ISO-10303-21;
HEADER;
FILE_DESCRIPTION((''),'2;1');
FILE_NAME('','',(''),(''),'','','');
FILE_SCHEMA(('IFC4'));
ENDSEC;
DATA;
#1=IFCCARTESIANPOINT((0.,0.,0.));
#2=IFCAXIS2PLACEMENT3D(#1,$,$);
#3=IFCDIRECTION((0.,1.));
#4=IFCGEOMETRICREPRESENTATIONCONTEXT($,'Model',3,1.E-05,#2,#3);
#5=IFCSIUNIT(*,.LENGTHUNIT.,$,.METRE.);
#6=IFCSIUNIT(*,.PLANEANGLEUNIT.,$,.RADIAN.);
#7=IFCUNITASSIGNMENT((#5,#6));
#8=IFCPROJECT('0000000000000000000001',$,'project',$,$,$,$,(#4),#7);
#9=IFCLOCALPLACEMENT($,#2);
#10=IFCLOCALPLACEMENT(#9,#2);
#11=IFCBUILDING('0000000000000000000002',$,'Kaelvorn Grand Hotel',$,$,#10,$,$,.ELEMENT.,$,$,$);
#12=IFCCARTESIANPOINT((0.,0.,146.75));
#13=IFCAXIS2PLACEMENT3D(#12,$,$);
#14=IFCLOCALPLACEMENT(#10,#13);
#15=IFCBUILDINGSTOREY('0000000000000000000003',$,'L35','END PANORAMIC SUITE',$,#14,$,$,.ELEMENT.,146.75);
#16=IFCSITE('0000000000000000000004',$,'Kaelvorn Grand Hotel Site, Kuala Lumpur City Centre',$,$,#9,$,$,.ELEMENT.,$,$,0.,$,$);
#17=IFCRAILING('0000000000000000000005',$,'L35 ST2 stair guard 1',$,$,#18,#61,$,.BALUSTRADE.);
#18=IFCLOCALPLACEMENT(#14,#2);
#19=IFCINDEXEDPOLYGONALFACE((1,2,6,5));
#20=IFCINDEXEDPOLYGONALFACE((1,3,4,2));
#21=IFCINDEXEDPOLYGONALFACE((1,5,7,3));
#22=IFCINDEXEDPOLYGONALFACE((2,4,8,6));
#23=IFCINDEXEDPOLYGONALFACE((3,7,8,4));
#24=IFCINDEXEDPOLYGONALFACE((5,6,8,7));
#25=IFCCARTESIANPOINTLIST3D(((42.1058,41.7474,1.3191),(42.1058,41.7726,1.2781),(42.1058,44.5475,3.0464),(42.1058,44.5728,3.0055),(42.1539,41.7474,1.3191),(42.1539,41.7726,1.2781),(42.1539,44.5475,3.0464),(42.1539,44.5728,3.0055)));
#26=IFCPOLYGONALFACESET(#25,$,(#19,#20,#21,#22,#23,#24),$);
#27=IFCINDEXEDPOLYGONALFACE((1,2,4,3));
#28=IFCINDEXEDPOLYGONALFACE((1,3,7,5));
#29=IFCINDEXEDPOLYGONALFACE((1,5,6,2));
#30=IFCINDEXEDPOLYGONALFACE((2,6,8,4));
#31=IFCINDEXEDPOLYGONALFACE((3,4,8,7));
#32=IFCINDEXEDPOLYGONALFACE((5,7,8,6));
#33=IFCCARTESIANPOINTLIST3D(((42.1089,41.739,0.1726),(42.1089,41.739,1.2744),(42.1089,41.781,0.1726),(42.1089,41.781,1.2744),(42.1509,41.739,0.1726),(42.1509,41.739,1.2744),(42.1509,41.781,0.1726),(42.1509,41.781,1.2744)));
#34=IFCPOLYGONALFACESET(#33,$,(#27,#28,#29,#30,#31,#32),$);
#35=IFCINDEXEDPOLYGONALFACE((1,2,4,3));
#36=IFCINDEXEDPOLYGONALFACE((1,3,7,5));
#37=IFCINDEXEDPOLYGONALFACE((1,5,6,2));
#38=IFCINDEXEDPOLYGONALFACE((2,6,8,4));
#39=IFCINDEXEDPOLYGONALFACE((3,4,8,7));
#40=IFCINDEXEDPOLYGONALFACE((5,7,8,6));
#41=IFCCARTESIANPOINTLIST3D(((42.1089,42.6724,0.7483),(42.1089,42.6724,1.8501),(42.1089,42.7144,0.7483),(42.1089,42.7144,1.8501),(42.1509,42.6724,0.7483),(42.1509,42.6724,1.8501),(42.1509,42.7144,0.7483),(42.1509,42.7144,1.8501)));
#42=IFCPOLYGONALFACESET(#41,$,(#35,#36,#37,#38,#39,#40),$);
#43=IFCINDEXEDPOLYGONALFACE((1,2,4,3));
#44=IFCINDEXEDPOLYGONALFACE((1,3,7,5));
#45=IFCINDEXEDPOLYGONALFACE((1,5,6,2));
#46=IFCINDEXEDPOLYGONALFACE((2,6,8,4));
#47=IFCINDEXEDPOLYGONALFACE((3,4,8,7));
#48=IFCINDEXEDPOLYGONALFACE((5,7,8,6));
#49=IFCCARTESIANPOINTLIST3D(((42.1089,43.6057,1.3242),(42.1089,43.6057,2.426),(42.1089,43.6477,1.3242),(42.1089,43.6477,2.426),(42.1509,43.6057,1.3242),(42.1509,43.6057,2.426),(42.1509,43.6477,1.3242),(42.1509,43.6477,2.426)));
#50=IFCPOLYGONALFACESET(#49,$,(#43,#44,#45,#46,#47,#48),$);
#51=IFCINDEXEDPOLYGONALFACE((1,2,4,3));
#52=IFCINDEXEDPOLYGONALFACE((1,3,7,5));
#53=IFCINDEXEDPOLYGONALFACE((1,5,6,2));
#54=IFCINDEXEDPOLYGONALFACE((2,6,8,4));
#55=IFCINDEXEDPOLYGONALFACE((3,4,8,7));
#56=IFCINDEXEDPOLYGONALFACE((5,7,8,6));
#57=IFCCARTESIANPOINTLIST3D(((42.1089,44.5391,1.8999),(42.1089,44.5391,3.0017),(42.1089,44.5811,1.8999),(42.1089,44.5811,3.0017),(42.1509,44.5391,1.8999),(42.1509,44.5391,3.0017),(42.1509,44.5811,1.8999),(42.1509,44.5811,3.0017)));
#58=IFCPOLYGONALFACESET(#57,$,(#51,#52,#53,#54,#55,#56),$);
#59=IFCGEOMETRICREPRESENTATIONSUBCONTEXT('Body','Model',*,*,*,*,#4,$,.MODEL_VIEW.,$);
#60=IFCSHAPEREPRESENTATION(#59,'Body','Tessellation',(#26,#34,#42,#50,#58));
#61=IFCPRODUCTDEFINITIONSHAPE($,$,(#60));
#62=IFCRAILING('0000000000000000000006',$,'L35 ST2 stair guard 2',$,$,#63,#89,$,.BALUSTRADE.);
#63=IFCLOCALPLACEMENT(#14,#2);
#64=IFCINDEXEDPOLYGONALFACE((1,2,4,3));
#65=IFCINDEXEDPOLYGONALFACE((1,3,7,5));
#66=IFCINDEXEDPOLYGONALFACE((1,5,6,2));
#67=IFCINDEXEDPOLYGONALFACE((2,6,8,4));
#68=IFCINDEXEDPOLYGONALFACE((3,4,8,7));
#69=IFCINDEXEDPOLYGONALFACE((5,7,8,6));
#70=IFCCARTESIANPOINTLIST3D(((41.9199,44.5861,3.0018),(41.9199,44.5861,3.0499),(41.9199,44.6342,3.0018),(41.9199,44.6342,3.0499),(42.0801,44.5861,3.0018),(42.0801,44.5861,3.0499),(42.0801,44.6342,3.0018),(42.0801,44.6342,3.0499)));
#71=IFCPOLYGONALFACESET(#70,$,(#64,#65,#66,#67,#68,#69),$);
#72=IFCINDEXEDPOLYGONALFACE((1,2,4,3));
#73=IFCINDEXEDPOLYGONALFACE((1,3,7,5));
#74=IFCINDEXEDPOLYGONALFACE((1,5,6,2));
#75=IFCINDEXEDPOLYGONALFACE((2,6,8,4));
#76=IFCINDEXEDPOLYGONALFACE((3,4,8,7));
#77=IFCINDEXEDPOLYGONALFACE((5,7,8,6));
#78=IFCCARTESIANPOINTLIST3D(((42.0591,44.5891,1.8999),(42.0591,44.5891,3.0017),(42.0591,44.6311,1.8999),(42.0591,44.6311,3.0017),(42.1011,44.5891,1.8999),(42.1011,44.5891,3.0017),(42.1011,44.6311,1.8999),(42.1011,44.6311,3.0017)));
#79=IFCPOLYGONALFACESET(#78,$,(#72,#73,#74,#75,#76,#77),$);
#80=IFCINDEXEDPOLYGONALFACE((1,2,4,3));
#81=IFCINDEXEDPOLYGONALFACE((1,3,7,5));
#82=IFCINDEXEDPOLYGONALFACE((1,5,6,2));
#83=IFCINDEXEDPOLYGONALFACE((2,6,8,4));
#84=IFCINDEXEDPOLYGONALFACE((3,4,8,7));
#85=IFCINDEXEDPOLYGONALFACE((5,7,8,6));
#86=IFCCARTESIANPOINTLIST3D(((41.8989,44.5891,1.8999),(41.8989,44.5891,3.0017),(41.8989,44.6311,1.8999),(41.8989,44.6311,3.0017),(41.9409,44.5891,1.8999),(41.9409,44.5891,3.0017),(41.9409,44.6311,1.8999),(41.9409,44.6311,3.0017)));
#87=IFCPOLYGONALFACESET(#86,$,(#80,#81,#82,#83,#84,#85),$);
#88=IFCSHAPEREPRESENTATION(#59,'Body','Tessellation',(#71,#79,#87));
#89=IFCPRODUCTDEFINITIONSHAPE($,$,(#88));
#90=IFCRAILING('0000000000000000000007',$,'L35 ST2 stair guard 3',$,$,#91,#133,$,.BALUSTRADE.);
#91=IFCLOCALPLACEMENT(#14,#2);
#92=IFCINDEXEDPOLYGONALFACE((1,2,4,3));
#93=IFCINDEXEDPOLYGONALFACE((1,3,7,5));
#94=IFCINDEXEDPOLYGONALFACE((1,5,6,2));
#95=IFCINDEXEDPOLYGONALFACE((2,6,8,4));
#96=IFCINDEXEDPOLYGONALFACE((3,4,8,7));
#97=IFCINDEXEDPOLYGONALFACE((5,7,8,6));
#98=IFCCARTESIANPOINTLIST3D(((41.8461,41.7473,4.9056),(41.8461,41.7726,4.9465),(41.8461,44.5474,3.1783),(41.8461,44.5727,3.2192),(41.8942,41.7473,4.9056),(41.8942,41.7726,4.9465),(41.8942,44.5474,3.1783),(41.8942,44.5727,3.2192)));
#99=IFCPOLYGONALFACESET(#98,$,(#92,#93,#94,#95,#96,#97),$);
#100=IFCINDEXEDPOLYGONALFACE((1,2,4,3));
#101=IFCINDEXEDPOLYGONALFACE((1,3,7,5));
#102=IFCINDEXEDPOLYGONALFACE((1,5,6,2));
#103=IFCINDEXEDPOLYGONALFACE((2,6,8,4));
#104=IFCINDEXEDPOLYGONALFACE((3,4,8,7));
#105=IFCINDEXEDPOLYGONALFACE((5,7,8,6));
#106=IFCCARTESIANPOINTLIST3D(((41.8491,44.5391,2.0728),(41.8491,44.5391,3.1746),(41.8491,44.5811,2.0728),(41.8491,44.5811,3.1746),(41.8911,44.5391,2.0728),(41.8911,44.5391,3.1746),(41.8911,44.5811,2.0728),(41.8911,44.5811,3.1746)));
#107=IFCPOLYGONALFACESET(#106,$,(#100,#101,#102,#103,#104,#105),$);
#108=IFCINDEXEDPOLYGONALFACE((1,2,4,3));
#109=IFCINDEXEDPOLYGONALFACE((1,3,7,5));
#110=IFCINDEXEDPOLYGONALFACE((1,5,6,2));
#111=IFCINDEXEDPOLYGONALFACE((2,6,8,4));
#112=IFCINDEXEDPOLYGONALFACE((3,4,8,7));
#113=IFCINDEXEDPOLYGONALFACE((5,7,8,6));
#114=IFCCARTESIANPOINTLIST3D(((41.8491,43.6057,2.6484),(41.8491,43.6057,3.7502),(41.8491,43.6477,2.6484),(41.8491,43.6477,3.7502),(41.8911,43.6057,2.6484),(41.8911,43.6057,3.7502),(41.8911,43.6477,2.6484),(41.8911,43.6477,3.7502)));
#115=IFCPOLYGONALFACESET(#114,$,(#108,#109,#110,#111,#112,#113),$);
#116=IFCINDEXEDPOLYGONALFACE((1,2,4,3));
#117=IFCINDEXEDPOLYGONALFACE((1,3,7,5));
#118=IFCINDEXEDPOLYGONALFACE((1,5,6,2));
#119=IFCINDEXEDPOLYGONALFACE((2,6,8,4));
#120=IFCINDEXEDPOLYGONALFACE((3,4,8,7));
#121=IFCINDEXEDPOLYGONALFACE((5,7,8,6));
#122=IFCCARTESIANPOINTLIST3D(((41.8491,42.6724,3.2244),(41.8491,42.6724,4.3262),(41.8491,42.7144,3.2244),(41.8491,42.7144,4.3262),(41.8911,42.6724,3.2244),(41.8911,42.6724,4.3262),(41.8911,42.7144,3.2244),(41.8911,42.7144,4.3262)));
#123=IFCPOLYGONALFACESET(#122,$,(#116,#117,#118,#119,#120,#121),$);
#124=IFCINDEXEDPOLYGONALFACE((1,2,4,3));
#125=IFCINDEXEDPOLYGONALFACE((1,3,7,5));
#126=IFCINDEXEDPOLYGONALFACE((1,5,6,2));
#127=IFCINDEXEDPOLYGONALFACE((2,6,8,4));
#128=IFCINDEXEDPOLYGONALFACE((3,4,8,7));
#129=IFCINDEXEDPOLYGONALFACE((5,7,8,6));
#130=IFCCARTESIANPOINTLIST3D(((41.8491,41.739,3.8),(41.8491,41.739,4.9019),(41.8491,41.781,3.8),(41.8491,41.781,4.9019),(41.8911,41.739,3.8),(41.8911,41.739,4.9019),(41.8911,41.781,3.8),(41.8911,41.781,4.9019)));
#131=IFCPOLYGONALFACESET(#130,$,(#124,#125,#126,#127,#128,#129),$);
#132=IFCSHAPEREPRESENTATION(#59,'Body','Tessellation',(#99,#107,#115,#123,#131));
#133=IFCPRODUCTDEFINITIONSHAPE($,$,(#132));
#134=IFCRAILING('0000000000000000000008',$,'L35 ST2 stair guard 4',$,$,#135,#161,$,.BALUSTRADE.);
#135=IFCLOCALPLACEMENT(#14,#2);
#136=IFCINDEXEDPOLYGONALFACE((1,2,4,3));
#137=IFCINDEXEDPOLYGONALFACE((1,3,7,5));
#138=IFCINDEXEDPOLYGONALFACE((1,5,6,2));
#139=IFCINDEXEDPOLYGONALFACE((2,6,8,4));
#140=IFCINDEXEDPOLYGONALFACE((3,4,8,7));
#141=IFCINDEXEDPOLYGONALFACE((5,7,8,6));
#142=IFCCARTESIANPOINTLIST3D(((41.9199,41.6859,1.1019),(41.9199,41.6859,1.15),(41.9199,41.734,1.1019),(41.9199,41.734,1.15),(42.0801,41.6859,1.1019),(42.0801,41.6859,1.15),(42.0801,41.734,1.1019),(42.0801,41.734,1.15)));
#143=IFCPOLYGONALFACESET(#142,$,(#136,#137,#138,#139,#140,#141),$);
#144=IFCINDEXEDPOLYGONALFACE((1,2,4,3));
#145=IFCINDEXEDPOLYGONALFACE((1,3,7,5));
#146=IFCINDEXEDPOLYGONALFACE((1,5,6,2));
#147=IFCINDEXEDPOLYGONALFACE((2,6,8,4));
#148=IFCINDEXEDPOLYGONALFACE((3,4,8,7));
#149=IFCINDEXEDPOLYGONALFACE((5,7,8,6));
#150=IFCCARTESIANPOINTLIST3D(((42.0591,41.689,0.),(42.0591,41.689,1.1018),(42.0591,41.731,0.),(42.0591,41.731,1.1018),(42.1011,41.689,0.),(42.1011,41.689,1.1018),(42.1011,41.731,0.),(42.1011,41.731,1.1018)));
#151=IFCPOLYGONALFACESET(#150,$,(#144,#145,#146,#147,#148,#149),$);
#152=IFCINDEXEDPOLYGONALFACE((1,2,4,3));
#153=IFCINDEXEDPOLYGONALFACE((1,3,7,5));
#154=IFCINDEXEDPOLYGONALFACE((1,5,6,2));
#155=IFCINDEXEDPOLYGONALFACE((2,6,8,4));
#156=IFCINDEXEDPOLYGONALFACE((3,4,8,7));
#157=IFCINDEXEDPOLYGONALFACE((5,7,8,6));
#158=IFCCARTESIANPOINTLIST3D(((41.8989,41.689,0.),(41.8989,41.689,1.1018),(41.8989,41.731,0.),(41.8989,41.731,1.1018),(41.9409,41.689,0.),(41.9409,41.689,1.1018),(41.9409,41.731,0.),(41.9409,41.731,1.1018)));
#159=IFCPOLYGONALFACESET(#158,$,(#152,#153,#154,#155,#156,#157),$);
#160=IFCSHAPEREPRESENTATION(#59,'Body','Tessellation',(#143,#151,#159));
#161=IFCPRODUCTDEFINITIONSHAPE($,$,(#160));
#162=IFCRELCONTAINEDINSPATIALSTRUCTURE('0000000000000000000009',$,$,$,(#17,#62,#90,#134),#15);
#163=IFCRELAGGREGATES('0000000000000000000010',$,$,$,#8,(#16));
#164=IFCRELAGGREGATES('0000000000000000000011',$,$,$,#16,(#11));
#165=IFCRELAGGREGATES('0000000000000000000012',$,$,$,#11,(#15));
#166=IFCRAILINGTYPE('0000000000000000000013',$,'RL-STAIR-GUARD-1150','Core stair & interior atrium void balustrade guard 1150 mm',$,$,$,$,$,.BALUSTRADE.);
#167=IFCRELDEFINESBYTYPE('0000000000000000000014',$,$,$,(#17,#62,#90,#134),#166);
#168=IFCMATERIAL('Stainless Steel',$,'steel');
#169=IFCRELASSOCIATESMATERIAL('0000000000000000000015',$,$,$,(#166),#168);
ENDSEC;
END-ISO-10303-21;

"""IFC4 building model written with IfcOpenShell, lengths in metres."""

from ifc_helpers import new_model, si_unit, direction, frame, origin, origin_2d, place, context, subcontext, project, spatial, rectangle, extrude, material, type_object, element, save


model = new_model("IFC4")

# Units and contexts
model_context = context("Model", 3, precision=1e-05, world=origin(), true_north=direction((0.0, 1.0)))
body_context = subcontext(model_context, "Body", "Model", "MODEL_VIEW")
ifc_project = project(units=[si_unit("LENGTHUNIT", "METRE"), si_unit("PLANEANGLEUNIT", "RADIAN")], contexts=[model_context])

# Site, building, storey
site_placement = place(None, origin())
site = spatial("IfcSite", under=ifc_project, at=site_placement, Name="Kaelvorn Grand Hotel Site, Kuala Lumpur City Centre", CompositionType="ELEMENT", RefElevation=0.0)
building_placement = place(site_placement, origin())
building = spatial("IfcBuilding", under=site, at=building_placement, Name="Kaelvorn Grand Hotel", CompositionType="ELEMENT")
storey_placement = place(building_placement, frame((0.0, 0.0, 146.75)))
storey = spatial("IfcBuildingStorey", under=building, at=storey_placement, Name="L35", Description="END PANORAMIC SUITE", CompositionType="ELEMENT", Elevation=146.75)

# Railings
ifc_material_1 = material(Name="Stainless Steel", Category="steel")
railing_type_1 = type_object("IfcRailingType", Name="RL-STAIR-GUARD-1150", Description="Core stair & interior atrium void balustrade guard 1150 mm", PredefinedType="BALUSTRADE", material=ifc_material_1)
railing_1_placement = place(storey_placement, frame((42.1299, 41.76, 0.1726)))
element("IfcRailing", 1, at=railing_1_placement, inside=storey, type_object=railing_type_1, Name="L35 ST2 stair guard 1", PredefinedType="BALUSTRADE", context=body_context, shape_type="SweptSolid", body=[
    extrude(rectangle(XDim=0.0481, YDim=0.0481, at=origin_2d()), frame((0.0, 0.0, 1.126), z_axis=(0.0, 0.85109, 0.52502), x_axis=(-1.0, 0.0, 0.0)), (0.0, 0.0, 1.0), 3.29),
    extrude(rectangle(XDim=0.042, YDim=0.042, at=origin_2d()), origin(), (0.0, 0.0, 1.0), 1.1018),
    extrude(rectangle(XDim=0.042, YDim=0.042, at=origin_2d()), frame((0.0, 0.9333, 0.5757)), (0.0, 0.0, 1.0), 1.1018),
    extrude(rectangle(XDim=0.042, YDim=0.042, at=origin_2d()), frame((0.0, 1.8667, 1.1516)), (0.0, 0.0, 1.0), 1.1018),
    extrude(rectangle(XDim=0.042, YDim=0.042, at=origin_2d()), frame((0.0, 2.8, 1.7273)), (0.0, 0.0, 1.0), 1.1018),
])
railing_2_placement = place(storey_placement, frame((42.0801, 44.6101, 1.8999)))
element("IfcRailing", 2, at=railing_2_placement, inside=storey, type_object=railing_type_1, Name="L35 ST2 stair guard 2", PredefinedType="BALUSTRADE", context=body_context, shape_type="SweptSolid", body=[
    extrude(rectangle(XDim=0.0481, YDim=0.0481, at=origin_2d()), frame((0.0, 0.0, 1.126), z_axis=(-1.0, 0.0, 0.0), x_axis=(0.0, -1.0, 0.0)), (0.0, 0.0, 1.0), 0.1602),
    extrude(rectangle(XDim=0.042, YDim=0.042, at=origin_2d()), origin(), (0.0, 0.0, 1.0), 1.1018),
    extrude(rectangle(XDim=0.042, YDim=0.042, at=origin_2d()), frame((-0.1602, 0.0, 0.0)), (0.0, 0.0, 1.0), 1.1018),
])
railing_3_placement = place(storey_placement, frame((41.8701, 44.5601, 2.0728)))
element("IfcRailing", 3, at=railing_3_placement, inside=storey, type_object=railing_type_1, Name="L35 ST2 stair guard 3", PredefinedType="BALUSTRADE", context=body_context, shape_type="SweptSolid", body=[
    extrude(rectangle(XDim=0.0481, YDim=0.0481, at=origin_2d()), frame((0.0, 0.0, 1.126), z_axis=(0.0, -0.85109, 0.52502), x_axis=(1.0, 0.0, 0.0)), (0.0, 0.0, 1.0), 3.29),
    extrude(rectangle(XDim=0.042, YDim=0.042, at=origin_2d()), origin(), (0.0, 0.0, 1.0), 1.1018),
    extrude(rectangle(XDim=0.042, YDim=0.042, at=origin_2d()), frame((0.0, -0.9333, 0.5757)), (0.0, 0.0, 1.0), 1.1018),
    extrude(rectangle(XDim=0.042, YDim=0.042, at=origin_2d()), frame((0.0, -1.8667, 1.1516)), (0.0, 0.0, 1.0), 1.1018),
    extrude(rectangle(XDim=0.042, YDim=0.042, at=origin_2d()), frame((0.0, -2.8, 1.7273)), (0.0, 0.0, 1.0), 1.1018),
])
railing_4_placement = place(storey_placement, frame((42.0801, 41.71, 0.0)))
element("IfcRailing", 4, at=railing_4_placement, inside=storey, type_object=railing_type_1, Name="L35 ST2 stair guard 4", PredefinedType="BALUSTRADE", context=body_context, shape_type="SweptSolid", body=[
    extrude(rectangle(XDim=0.0481, YDim=0.0481, at=origin_2d()), frame((0.0, 0.0, 1.126), z_axis=(-1.0, 0.0, 0.0), x_axis=(0.0, -1.0, 0.0)), (0.0, 0.0, 1.0), 0.1602),
    extrude(rectangle(XDim=0.042, YDim=0.042, at=origin_2d()), origin(), (0.0, 0.0, 1.0), 1.1018),
    extrude(rectangle(XDim=0.042, YDim=0.042, at=origin_2d()), frame((-0.1602, 0.0, 0.0)), (0.0, 0.0, 1.0), 1.1018),
])

save(model, "model.ifc")
